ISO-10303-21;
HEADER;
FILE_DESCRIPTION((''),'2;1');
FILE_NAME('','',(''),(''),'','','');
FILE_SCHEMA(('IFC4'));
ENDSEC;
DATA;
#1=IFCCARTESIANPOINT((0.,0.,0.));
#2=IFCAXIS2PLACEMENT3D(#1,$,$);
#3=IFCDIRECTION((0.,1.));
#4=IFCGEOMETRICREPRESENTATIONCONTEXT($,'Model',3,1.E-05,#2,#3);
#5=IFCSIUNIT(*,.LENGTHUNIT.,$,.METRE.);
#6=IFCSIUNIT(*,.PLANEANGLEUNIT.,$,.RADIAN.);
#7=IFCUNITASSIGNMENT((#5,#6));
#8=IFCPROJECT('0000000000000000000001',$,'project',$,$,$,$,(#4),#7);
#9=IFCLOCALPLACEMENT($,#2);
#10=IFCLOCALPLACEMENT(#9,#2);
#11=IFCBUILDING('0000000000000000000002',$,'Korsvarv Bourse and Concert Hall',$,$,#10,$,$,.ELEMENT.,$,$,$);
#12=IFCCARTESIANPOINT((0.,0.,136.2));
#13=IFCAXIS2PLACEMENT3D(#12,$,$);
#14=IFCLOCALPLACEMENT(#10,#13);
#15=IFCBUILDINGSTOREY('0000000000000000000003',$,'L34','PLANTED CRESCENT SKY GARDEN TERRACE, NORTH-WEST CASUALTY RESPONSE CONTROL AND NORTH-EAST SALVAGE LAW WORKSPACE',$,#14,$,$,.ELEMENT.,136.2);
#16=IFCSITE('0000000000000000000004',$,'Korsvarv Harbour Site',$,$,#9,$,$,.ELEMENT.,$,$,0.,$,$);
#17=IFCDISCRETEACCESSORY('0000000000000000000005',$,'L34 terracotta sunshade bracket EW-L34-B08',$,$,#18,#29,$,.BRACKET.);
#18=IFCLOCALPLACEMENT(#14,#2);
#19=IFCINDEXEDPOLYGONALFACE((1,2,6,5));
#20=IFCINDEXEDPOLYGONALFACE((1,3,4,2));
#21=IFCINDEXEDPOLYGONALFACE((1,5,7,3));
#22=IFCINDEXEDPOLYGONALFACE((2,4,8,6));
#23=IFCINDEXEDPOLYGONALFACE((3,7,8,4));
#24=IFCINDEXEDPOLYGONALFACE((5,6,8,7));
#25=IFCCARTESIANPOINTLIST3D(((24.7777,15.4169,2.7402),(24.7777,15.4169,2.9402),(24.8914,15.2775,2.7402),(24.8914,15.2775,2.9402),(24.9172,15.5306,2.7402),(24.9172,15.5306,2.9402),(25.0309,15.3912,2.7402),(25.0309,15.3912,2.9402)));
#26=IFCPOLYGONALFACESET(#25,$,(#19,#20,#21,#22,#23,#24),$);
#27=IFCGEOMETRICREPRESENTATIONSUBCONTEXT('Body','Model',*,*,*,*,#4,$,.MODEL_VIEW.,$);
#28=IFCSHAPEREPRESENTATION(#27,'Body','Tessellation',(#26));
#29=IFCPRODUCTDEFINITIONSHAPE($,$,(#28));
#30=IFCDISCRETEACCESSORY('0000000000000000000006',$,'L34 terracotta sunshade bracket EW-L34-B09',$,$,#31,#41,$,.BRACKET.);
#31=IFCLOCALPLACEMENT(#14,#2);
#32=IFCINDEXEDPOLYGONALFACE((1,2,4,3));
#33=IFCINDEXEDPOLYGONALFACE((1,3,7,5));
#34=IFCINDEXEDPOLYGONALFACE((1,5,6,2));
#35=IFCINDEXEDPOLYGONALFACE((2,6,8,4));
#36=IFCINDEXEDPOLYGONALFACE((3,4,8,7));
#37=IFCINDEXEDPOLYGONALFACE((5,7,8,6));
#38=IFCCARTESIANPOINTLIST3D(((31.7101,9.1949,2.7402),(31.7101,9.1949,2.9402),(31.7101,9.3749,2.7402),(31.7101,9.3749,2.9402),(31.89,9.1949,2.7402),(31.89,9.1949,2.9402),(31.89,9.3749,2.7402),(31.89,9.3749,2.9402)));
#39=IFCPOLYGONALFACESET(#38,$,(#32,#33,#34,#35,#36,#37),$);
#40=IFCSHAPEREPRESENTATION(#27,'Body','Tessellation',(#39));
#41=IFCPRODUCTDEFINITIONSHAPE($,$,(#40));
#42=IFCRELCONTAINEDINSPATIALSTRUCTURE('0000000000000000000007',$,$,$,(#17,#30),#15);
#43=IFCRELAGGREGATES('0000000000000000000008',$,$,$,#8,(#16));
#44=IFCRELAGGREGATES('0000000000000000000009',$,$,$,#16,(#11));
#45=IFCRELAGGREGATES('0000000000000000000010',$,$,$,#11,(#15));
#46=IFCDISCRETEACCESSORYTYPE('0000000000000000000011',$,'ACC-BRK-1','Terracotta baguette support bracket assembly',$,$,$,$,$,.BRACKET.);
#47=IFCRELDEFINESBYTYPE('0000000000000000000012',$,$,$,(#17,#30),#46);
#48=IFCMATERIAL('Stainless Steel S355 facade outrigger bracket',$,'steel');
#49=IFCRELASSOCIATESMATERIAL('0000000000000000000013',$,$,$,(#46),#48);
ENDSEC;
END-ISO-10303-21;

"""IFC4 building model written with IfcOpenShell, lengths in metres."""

from ifc_helpers import new_model, si_unit, direction, frame, origin, origin_2d, place, context, subcontext, project, spatial, rectangle, extrude, source, transform, mapped, material, type_object, element, save


model = new_model("IFC4")

# Units and contexts
model_context = context("Model", 3, precision=1e-05, world=origin(), true_north=direction((0.0, 1.0)))
body_context = subcontext(model_context, "Body", "Model", "MODEL_VIEW")
ifc_project = project(units=[si_unit("LENGTHUNIT", "METRE"), si_unit("PLANEANGLEUNIT", "RADIAN")], contexts=[model_context])

# Site, building, storey
site_placement = place(None, origin())
site = spatial("IfcSite", under=ifc_project, at=site_placement, Name="Korsvarv Harbour Site", CompositionType="ELEMENT", RefElevation=0.0)
building_placement = place(site_placement, origin())
building = spatial("IfcBuilding", under=site, at=building_placement, Name="Korsvarv Bourse and Concert Hall", CompositionType="ELEMENT")
storey_placement = place(building_placement, frame((0.0, 0.0, 136.2)))
storey = spatial("IfcBuildingStorey", under=building, at=storey_placement, Name="L34", Description="PLANTED CRESCENT SKY GARDEN TERRACE, NORTH-WEST CASUALTY RESPONSE CONTROL AND NORTH-EAST SALVAGE LAW WORKSPACE", CompositionType="ELEMENT", Elevation=136.2)

# Discrete accessories
ifc_material_1 = material(Name="Stainless Steel S355 facade outrigger bracket", Category="steel")
discrete_accessory_type = type_object("IfcDiscreteAccessoryType", Name="ACC-BRK-1", Description="Terracotta baguette support bracket assembly", PredefinedType="BRACKET", material=ifc_material_1)
shared_shape_1 = source(origin(), body_context, "Body", "SweptSolid", [
    extrude(rectangle(XDim=0.1799, YDim=0.1799, at=origin_2d()), origin(), (0.0, 0.0, 1.0), 0.2),
])
for number, where, z_axis, x_axis, name in (
    (1, (24.9043, 15.4041, 2.7402), (0.0, 0.0, 1.0), (0.631894, -0.775055, 0.0), "L34 terracotta sunshade bracket EW-L34-B08"),
    (2, (31.8, 9.2849, 2.7402), (0.0, 0.0, 1.0), (1.0, 0.0, 0.0), "L34 terracotta sunshade bracket EW-L34-B09"),
):
    element("IfcDiscreteAccessory", number, at=place(storey_placement, frame(where, z_axis=z_axis, x_axis=x_axis)), inside=storey, type_object=discrete_accessory_type, Name=name, PredefinedType="BRACKET", context=body_context, shape_type="MappedRepresentation", body=[
        mapped(shared_shape_1, transform((0.0, 0.0, 0.0), scale=1.0)),
    ])

save(model, "model.ifc")
